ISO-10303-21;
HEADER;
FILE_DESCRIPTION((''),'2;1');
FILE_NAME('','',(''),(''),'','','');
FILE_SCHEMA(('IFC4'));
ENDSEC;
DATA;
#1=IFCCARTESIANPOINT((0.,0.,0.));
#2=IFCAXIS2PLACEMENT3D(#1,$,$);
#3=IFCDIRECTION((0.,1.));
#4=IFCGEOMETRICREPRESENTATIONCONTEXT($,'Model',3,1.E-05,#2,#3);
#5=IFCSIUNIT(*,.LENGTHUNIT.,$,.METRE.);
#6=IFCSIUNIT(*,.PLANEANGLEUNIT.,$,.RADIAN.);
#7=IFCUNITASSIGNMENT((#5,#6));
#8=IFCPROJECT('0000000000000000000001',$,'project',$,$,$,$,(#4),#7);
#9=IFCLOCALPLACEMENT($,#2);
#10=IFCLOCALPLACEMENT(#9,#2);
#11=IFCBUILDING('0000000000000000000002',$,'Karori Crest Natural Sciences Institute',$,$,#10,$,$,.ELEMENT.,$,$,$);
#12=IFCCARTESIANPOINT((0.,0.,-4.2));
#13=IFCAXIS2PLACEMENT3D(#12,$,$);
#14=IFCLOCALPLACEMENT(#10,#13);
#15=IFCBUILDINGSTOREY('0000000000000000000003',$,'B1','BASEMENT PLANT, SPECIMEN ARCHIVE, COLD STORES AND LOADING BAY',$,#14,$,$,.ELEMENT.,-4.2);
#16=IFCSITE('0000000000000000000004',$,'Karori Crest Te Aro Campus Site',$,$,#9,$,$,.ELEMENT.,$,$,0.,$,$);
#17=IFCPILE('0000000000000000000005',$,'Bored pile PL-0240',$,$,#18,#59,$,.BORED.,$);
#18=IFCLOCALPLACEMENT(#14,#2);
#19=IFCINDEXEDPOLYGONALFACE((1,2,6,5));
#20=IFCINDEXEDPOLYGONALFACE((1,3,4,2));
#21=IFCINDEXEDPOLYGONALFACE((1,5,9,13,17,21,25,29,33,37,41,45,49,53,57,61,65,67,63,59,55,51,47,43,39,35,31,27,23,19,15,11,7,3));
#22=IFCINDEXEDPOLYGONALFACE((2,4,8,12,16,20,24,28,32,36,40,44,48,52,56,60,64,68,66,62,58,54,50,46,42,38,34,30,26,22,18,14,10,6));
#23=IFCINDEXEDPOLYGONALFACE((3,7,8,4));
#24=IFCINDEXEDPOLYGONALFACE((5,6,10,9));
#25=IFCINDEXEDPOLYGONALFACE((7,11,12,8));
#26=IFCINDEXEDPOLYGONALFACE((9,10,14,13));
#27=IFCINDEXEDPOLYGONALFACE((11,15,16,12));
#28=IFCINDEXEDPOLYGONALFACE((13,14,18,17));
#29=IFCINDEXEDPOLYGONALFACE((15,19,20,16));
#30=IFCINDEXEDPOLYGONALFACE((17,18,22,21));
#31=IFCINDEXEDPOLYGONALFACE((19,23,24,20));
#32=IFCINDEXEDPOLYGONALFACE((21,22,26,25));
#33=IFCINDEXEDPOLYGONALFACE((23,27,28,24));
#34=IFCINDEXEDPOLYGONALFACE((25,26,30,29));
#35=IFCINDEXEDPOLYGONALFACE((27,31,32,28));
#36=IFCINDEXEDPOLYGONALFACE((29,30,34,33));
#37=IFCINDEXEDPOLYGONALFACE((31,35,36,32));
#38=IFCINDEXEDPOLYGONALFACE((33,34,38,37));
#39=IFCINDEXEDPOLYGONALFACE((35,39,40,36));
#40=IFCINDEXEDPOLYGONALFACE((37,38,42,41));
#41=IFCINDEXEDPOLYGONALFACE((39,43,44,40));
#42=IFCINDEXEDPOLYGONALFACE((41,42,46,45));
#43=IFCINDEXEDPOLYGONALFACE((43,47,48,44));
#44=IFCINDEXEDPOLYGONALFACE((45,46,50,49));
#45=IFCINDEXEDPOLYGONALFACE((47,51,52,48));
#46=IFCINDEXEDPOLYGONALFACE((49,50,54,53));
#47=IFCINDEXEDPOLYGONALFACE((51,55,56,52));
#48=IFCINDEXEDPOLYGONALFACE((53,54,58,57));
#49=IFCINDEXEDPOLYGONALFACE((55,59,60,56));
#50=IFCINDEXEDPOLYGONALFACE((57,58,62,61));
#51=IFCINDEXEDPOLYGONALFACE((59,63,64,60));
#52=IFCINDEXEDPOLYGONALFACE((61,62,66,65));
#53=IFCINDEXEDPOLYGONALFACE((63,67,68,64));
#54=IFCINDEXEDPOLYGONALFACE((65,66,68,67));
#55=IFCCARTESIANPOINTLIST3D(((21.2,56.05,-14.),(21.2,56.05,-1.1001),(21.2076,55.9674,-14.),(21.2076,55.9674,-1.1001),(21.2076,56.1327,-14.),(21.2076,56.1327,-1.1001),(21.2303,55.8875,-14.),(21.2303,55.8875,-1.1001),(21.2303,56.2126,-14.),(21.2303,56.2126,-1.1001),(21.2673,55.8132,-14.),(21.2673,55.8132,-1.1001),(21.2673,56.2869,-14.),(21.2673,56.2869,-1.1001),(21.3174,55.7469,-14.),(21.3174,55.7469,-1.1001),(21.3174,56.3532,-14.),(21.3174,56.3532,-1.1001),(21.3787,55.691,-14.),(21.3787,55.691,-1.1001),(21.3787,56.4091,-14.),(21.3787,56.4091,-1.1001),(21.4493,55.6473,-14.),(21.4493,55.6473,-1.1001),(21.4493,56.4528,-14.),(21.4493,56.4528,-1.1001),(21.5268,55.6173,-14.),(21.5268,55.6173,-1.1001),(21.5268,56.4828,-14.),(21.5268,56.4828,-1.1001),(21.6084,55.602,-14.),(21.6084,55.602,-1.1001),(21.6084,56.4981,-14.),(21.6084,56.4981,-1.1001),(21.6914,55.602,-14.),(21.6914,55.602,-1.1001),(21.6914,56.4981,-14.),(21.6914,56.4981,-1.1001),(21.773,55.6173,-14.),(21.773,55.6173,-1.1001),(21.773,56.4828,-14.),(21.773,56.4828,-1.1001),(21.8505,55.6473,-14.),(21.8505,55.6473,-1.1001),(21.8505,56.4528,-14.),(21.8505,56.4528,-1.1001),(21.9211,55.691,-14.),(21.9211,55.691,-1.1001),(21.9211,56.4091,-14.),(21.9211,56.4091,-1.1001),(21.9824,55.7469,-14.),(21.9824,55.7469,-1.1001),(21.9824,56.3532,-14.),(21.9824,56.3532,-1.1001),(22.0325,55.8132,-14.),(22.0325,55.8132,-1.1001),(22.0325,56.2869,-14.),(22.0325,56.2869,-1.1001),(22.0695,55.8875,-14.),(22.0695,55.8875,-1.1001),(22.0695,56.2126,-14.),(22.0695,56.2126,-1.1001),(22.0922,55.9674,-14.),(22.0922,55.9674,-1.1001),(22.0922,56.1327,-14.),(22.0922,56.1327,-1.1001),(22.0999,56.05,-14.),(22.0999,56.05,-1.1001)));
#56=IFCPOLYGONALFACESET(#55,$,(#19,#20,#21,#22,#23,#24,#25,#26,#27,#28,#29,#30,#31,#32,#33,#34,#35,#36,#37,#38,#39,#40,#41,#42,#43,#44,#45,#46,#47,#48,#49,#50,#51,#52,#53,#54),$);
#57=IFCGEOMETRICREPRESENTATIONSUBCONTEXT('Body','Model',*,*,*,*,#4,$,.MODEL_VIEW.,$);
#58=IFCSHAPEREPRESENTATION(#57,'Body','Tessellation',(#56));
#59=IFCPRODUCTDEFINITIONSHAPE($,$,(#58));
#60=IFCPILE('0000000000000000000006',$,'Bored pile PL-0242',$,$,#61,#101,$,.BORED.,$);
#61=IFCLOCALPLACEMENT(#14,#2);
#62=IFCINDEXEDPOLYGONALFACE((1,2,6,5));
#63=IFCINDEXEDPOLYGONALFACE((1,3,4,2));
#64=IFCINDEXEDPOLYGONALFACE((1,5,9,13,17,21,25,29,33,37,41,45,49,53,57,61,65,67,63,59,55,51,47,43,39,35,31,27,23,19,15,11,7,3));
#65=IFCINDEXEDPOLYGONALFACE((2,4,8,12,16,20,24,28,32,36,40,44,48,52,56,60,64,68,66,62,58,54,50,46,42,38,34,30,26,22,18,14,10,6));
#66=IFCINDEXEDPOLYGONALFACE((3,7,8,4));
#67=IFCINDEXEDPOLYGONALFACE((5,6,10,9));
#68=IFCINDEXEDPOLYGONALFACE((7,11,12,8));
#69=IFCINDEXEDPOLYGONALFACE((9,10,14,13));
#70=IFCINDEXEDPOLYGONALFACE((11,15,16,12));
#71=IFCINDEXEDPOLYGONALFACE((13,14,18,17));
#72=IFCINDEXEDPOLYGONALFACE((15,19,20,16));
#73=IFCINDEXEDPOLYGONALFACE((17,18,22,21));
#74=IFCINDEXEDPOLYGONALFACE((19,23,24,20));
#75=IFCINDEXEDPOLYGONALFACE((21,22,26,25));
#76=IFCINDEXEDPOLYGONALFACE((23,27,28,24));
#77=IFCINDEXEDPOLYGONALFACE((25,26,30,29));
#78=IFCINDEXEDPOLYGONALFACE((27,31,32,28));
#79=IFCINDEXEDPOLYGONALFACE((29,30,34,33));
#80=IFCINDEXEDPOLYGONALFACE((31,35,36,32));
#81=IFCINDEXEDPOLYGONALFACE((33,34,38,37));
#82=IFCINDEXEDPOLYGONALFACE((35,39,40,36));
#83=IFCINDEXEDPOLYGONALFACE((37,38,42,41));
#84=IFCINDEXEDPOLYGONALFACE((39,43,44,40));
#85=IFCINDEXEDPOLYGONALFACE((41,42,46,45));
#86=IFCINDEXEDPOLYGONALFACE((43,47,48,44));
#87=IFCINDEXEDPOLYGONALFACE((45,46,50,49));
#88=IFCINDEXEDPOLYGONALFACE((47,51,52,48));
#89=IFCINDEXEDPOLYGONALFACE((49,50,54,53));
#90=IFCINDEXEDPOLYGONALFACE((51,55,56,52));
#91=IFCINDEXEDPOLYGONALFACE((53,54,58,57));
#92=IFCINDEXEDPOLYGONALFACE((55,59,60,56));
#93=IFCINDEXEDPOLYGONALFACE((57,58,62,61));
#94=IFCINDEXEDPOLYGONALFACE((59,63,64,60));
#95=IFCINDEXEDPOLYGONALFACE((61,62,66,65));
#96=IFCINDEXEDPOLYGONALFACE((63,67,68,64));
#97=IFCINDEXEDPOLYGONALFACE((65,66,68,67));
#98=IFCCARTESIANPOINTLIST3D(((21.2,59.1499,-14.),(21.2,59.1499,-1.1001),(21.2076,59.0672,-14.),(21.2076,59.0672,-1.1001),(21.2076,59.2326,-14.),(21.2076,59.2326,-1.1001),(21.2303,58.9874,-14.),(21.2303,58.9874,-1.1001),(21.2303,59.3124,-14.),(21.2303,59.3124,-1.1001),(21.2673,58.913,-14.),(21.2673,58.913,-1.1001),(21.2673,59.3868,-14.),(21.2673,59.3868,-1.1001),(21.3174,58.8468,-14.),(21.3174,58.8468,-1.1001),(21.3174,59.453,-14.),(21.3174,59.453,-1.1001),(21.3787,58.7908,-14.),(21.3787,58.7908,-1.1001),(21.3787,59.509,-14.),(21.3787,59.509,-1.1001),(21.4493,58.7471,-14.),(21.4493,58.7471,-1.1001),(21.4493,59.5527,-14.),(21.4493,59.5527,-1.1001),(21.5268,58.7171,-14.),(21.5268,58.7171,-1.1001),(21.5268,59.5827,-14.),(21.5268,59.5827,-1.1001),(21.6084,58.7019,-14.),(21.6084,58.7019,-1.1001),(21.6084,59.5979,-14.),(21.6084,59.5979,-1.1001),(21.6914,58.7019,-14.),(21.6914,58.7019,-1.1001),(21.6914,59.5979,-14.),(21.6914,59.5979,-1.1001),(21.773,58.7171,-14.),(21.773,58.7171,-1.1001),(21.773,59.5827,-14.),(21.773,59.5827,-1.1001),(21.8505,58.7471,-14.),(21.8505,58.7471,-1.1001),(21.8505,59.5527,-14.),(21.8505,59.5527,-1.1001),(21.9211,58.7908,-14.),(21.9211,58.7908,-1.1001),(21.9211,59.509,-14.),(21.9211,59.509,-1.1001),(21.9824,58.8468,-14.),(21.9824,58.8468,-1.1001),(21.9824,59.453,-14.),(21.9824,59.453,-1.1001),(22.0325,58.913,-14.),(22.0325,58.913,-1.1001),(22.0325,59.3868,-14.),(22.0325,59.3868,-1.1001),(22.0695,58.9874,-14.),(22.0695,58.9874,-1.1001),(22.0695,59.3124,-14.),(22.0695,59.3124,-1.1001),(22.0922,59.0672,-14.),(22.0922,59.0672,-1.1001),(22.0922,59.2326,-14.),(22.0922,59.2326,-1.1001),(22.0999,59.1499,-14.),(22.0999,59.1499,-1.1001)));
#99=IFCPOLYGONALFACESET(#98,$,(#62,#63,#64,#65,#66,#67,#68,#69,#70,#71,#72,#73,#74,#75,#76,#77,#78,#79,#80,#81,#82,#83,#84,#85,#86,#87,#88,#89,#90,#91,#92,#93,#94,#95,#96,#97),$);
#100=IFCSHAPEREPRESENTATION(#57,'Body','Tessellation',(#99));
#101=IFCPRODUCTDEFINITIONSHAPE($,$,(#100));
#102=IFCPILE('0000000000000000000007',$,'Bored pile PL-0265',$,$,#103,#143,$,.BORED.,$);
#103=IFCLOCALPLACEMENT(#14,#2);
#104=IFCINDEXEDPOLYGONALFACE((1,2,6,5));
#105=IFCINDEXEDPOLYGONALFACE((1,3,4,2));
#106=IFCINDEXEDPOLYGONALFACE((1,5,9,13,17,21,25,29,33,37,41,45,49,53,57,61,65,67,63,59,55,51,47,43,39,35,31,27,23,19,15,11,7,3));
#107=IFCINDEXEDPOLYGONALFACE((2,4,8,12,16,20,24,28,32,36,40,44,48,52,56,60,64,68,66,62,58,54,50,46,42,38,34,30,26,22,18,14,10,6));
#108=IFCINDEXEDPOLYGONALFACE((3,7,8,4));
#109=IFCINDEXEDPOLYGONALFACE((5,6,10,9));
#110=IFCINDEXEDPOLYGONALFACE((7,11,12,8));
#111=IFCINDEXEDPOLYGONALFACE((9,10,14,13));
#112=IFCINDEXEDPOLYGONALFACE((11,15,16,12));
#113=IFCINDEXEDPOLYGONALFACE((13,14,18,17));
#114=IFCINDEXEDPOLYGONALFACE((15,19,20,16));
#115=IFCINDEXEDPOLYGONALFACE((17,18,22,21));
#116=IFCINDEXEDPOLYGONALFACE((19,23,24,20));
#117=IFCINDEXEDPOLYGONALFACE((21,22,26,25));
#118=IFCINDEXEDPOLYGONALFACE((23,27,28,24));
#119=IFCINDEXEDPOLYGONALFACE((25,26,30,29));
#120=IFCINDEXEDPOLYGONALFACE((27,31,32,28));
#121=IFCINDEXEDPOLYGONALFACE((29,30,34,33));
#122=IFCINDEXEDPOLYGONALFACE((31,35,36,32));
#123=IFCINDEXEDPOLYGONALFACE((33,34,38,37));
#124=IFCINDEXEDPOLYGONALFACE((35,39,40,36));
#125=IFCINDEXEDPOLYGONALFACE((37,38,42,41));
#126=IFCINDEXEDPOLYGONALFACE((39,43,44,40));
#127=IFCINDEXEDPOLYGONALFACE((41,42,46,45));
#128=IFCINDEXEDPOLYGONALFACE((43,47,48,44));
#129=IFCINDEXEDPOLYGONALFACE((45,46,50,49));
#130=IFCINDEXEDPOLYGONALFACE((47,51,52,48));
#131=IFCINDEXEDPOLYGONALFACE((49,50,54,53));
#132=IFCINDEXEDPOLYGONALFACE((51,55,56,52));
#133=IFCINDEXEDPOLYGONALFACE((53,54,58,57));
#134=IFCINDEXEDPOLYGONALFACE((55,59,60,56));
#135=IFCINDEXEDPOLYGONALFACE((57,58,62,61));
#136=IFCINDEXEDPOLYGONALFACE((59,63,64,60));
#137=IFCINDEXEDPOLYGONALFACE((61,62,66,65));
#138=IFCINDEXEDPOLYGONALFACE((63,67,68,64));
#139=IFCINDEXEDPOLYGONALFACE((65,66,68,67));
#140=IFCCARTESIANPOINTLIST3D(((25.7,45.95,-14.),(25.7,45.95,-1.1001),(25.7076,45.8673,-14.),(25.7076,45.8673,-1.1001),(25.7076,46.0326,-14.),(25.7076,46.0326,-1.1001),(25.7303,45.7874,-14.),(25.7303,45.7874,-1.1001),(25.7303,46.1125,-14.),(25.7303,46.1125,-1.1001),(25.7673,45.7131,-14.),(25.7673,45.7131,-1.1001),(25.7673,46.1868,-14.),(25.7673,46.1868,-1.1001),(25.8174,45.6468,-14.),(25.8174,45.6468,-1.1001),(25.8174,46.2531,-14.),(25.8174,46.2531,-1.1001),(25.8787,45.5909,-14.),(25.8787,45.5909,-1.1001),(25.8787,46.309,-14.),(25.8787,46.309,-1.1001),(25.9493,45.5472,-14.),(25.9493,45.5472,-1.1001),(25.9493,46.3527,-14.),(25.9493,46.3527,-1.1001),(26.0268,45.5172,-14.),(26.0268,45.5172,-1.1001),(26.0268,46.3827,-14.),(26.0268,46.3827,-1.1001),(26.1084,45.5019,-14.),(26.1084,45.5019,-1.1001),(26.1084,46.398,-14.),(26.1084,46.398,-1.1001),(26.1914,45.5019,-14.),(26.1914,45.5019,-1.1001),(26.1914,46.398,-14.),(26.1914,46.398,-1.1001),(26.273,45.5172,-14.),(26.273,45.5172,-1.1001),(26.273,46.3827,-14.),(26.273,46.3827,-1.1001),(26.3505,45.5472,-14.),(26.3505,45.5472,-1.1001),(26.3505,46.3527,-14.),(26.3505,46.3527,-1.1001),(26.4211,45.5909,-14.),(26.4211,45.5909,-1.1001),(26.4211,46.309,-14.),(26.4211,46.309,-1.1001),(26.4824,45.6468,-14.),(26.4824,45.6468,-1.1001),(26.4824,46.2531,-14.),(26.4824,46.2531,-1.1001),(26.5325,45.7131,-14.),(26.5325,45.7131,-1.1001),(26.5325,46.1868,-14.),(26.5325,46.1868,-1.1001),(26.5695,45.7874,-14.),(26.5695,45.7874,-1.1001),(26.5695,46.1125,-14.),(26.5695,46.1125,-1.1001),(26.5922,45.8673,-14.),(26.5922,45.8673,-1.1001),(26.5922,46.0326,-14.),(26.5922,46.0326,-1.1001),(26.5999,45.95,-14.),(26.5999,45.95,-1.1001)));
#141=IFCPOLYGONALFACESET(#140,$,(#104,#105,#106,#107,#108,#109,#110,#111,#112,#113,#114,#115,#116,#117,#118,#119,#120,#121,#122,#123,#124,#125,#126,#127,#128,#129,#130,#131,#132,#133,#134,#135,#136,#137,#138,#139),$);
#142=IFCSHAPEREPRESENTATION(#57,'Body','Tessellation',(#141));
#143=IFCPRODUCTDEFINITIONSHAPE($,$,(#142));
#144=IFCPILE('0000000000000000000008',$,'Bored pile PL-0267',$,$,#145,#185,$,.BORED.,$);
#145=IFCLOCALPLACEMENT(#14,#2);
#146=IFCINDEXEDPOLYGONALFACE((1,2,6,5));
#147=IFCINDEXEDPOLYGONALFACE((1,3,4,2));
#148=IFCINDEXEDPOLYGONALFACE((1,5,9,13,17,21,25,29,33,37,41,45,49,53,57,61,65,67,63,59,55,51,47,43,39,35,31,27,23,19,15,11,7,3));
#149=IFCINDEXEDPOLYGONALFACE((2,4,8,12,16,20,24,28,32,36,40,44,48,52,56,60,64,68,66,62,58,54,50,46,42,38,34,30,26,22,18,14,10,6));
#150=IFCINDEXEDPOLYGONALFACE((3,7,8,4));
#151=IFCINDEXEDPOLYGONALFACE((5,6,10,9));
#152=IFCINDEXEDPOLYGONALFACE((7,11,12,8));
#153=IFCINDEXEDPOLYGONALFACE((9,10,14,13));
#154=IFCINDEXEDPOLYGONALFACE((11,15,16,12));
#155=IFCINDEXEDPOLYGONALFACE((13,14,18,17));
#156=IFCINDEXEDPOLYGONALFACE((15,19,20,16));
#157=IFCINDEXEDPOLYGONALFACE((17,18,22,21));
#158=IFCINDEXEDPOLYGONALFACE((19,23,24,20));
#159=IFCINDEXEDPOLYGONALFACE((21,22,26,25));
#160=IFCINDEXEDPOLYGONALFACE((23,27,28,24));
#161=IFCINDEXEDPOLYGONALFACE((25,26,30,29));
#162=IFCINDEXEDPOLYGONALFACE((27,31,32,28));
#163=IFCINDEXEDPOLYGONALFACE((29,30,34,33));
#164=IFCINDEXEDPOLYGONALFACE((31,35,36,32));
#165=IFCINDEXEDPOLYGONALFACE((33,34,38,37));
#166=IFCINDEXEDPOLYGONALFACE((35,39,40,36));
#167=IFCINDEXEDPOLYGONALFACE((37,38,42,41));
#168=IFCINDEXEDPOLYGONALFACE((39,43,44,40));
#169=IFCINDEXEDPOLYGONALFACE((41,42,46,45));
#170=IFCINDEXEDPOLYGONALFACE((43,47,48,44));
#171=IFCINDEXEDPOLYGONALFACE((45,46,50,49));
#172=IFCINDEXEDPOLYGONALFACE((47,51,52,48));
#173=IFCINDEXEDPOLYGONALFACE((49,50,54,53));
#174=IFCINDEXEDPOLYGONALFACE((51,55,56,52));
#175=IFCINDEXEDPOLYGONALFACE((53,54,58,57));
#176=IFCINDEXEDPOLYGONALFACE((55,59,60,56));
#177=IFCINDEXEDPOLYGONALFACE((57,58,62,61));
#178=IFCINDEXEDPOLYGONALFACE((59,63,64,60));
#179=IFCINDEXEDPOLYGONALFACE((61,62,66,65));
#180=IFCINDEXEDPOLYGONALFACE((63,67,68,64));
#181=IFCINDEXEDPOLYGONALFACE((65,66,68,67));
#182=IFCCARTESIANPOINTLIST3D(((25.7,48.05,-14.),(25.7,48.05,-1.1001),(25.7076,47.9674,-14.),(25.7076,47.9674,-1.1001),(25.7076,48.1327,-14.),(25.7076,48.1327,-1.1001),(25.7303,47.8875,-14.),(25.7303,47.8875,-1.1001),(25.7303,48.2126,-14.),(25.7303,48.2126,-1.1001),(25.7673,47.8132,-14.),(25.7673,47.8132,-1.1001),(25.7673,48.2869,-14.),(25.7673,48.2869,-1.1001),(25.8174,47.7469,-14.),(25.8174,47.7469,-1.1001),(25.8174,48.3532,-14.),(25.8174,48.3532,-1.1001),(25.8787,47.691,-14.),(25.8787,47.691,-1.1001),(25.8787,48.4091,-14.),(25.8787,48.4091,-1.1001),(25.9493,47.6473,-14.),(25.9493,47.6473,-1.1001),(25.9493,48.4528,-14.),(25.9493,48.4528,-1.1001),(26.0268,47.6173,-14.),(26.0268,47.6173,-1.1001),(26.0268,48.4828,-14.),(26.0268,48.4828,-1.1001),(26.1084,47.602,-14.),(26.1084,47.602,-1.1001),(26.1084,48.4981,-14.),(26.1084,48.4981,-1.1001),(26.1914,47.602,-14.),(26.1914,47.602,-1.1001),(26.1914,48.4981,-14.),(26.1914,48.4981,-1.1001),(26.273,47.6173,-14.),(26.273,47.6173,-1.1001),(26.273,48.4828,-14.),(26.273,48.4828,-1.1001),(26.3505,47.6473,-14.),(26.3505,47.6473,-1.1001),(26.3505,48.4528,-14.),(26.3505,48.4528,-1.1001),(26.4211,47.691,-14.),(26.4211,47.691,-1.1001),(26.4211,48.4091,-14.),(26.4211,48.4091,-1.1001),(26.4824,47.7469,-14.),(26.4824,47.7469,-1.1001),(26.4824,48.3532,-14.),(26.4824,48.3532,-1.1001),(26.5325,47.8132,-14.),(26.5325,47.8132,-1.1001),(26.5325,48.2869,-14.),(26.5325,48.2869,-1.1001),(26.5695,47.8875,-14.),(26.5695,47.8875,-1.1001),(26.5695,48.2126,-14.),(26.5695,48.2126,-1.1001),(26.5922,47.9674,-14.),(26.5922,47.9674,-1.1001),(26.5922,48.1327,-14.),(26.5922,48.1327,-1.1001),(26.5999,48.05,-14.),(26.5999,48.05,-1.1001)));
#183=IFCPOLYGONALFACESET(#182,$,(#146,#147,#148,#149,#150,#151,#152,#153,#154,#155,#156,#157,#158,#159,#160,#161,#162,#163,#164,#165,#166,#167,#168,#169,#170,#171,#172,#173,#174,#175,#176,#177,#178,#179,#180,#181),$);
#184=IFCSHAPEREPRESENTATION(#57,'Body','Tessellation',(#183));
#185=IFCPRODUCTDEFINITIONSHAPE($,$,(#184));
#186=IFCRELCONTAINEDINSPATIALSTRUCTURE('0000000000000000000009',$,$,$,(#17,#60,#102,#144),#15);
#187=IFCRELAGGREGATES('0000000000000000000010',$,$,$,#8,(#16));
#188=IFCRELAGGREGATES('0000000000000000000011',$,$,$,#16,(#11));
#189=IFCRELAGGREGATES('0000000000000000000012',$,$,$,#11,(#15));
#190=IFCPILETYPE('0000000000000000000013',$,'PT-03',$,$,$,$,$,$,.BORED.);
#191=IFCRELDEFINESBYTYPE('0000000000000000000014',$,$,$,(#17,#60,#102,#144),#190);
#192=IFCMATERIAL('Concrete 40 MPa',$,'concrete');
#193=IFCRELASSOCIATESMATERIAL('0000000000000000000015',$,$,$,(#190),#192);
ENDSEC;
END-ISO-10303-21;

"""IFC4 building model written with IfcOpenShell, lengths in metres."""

from ifc_helpers import new_model, si_unit, direction, frame, origin, origin_2d, place, context, subcontext, project, spatial, circle, extrude, material, material_profile, profile_set, type_object, element, save


model = new_model("IFC4")

# Units and contexts
model_context = context("Model", 3, precision=1e-05, world=origin(), true_north=direction((0.0, 1.0)))
body_context = subcontext(model_context, "Body", "Model", "MODEL_VIEW")
ifc_project = project(units=[si_unit("LENGTHUNIT", "METRE"), si_unit("PLANEANGLEUNIT", "RADIAN")], contexts=[model_context])

# Site, building, storey
site_placement = place(None, origin())
site = spatial("IfcSite", under=ifc_project, at=site_placement, Name="Karori Crest Te Aro Campus Site", CompositionType="ELEMENT", RefElevation=0.0)
building_placement = place(site_placement, origin())
building = spatial("IfcBuilding", under=site, at=building_placement, Name="Karori Crest Natural Sciences Institute", CompositionType="ELEMENT")
storey_placement = place(building_placement, frame((0.0, 0.0, -4.2)))
storey = spatial("IfcBuildingStorey", under=building, at=storey_placement, Name="B1", Description="BASEMENT PLANT, SPECIMEN ARCHIVE, COLD STORES AND LOADING BAY", CompositionType="ELEMENT", Elevation=-4.2)

# Shared definitions
ifc_material_1 = material(Name="Concrete 40 MPa", Category="concrete")

# Piles
ifc_material_profile_1 = material_profile(ifc_material_1, circle(Radius=0.45, at=origin_2d()), Name="PILE900")
ifc_profile_set_1 = profile_set([ifc_material_profile_1], Name="Concrete 40 MPa")
pile_type = type_object("IfcPileType", Name="PT-03", PredefinedType="BORED", material=ifc_profile_set_1)
for number, where, z_axis, x_axis, name in (
    (1, (21.6499, 56.05, -1.1001), (0.0, 0.0, -1.0), (1.0, 0.0, 0.0), "Bored pile PL-0240"),
    (2, (21.6499, 59.1499, -1.1001), (0.0, 0.0, -1.0), (1.0, 0.0, 0.0), "Bored pile PL-0242"),
    (3, (26.1499, 45.95, -1.1001), (0.0, 0.0, -1.0), (1.0, 0.0, 0.0), "Bored pile PL-0265"),
    (4, (26.1499, 48.05, -1.1001), (0.0, 0.0, -1.0), (1.0, 0.0, 0.0), "Bored pile PL-0267"),
):
    element("IfcPile", number, at=place(storey_placement, frame(where, z_axis=z_axis, x_axis=x_axis)), inside=storey, type_object=pile_type, Name=name, PredefinedType="BORED", context=body_context, shape_type="SweptSolid", body=[
        extrude(circle(Radius=0.45, at=origin_2d()), origin(), (0.0, 0.0, 1.0), 12.8999),
    ])

save(model, "model.ifc")
